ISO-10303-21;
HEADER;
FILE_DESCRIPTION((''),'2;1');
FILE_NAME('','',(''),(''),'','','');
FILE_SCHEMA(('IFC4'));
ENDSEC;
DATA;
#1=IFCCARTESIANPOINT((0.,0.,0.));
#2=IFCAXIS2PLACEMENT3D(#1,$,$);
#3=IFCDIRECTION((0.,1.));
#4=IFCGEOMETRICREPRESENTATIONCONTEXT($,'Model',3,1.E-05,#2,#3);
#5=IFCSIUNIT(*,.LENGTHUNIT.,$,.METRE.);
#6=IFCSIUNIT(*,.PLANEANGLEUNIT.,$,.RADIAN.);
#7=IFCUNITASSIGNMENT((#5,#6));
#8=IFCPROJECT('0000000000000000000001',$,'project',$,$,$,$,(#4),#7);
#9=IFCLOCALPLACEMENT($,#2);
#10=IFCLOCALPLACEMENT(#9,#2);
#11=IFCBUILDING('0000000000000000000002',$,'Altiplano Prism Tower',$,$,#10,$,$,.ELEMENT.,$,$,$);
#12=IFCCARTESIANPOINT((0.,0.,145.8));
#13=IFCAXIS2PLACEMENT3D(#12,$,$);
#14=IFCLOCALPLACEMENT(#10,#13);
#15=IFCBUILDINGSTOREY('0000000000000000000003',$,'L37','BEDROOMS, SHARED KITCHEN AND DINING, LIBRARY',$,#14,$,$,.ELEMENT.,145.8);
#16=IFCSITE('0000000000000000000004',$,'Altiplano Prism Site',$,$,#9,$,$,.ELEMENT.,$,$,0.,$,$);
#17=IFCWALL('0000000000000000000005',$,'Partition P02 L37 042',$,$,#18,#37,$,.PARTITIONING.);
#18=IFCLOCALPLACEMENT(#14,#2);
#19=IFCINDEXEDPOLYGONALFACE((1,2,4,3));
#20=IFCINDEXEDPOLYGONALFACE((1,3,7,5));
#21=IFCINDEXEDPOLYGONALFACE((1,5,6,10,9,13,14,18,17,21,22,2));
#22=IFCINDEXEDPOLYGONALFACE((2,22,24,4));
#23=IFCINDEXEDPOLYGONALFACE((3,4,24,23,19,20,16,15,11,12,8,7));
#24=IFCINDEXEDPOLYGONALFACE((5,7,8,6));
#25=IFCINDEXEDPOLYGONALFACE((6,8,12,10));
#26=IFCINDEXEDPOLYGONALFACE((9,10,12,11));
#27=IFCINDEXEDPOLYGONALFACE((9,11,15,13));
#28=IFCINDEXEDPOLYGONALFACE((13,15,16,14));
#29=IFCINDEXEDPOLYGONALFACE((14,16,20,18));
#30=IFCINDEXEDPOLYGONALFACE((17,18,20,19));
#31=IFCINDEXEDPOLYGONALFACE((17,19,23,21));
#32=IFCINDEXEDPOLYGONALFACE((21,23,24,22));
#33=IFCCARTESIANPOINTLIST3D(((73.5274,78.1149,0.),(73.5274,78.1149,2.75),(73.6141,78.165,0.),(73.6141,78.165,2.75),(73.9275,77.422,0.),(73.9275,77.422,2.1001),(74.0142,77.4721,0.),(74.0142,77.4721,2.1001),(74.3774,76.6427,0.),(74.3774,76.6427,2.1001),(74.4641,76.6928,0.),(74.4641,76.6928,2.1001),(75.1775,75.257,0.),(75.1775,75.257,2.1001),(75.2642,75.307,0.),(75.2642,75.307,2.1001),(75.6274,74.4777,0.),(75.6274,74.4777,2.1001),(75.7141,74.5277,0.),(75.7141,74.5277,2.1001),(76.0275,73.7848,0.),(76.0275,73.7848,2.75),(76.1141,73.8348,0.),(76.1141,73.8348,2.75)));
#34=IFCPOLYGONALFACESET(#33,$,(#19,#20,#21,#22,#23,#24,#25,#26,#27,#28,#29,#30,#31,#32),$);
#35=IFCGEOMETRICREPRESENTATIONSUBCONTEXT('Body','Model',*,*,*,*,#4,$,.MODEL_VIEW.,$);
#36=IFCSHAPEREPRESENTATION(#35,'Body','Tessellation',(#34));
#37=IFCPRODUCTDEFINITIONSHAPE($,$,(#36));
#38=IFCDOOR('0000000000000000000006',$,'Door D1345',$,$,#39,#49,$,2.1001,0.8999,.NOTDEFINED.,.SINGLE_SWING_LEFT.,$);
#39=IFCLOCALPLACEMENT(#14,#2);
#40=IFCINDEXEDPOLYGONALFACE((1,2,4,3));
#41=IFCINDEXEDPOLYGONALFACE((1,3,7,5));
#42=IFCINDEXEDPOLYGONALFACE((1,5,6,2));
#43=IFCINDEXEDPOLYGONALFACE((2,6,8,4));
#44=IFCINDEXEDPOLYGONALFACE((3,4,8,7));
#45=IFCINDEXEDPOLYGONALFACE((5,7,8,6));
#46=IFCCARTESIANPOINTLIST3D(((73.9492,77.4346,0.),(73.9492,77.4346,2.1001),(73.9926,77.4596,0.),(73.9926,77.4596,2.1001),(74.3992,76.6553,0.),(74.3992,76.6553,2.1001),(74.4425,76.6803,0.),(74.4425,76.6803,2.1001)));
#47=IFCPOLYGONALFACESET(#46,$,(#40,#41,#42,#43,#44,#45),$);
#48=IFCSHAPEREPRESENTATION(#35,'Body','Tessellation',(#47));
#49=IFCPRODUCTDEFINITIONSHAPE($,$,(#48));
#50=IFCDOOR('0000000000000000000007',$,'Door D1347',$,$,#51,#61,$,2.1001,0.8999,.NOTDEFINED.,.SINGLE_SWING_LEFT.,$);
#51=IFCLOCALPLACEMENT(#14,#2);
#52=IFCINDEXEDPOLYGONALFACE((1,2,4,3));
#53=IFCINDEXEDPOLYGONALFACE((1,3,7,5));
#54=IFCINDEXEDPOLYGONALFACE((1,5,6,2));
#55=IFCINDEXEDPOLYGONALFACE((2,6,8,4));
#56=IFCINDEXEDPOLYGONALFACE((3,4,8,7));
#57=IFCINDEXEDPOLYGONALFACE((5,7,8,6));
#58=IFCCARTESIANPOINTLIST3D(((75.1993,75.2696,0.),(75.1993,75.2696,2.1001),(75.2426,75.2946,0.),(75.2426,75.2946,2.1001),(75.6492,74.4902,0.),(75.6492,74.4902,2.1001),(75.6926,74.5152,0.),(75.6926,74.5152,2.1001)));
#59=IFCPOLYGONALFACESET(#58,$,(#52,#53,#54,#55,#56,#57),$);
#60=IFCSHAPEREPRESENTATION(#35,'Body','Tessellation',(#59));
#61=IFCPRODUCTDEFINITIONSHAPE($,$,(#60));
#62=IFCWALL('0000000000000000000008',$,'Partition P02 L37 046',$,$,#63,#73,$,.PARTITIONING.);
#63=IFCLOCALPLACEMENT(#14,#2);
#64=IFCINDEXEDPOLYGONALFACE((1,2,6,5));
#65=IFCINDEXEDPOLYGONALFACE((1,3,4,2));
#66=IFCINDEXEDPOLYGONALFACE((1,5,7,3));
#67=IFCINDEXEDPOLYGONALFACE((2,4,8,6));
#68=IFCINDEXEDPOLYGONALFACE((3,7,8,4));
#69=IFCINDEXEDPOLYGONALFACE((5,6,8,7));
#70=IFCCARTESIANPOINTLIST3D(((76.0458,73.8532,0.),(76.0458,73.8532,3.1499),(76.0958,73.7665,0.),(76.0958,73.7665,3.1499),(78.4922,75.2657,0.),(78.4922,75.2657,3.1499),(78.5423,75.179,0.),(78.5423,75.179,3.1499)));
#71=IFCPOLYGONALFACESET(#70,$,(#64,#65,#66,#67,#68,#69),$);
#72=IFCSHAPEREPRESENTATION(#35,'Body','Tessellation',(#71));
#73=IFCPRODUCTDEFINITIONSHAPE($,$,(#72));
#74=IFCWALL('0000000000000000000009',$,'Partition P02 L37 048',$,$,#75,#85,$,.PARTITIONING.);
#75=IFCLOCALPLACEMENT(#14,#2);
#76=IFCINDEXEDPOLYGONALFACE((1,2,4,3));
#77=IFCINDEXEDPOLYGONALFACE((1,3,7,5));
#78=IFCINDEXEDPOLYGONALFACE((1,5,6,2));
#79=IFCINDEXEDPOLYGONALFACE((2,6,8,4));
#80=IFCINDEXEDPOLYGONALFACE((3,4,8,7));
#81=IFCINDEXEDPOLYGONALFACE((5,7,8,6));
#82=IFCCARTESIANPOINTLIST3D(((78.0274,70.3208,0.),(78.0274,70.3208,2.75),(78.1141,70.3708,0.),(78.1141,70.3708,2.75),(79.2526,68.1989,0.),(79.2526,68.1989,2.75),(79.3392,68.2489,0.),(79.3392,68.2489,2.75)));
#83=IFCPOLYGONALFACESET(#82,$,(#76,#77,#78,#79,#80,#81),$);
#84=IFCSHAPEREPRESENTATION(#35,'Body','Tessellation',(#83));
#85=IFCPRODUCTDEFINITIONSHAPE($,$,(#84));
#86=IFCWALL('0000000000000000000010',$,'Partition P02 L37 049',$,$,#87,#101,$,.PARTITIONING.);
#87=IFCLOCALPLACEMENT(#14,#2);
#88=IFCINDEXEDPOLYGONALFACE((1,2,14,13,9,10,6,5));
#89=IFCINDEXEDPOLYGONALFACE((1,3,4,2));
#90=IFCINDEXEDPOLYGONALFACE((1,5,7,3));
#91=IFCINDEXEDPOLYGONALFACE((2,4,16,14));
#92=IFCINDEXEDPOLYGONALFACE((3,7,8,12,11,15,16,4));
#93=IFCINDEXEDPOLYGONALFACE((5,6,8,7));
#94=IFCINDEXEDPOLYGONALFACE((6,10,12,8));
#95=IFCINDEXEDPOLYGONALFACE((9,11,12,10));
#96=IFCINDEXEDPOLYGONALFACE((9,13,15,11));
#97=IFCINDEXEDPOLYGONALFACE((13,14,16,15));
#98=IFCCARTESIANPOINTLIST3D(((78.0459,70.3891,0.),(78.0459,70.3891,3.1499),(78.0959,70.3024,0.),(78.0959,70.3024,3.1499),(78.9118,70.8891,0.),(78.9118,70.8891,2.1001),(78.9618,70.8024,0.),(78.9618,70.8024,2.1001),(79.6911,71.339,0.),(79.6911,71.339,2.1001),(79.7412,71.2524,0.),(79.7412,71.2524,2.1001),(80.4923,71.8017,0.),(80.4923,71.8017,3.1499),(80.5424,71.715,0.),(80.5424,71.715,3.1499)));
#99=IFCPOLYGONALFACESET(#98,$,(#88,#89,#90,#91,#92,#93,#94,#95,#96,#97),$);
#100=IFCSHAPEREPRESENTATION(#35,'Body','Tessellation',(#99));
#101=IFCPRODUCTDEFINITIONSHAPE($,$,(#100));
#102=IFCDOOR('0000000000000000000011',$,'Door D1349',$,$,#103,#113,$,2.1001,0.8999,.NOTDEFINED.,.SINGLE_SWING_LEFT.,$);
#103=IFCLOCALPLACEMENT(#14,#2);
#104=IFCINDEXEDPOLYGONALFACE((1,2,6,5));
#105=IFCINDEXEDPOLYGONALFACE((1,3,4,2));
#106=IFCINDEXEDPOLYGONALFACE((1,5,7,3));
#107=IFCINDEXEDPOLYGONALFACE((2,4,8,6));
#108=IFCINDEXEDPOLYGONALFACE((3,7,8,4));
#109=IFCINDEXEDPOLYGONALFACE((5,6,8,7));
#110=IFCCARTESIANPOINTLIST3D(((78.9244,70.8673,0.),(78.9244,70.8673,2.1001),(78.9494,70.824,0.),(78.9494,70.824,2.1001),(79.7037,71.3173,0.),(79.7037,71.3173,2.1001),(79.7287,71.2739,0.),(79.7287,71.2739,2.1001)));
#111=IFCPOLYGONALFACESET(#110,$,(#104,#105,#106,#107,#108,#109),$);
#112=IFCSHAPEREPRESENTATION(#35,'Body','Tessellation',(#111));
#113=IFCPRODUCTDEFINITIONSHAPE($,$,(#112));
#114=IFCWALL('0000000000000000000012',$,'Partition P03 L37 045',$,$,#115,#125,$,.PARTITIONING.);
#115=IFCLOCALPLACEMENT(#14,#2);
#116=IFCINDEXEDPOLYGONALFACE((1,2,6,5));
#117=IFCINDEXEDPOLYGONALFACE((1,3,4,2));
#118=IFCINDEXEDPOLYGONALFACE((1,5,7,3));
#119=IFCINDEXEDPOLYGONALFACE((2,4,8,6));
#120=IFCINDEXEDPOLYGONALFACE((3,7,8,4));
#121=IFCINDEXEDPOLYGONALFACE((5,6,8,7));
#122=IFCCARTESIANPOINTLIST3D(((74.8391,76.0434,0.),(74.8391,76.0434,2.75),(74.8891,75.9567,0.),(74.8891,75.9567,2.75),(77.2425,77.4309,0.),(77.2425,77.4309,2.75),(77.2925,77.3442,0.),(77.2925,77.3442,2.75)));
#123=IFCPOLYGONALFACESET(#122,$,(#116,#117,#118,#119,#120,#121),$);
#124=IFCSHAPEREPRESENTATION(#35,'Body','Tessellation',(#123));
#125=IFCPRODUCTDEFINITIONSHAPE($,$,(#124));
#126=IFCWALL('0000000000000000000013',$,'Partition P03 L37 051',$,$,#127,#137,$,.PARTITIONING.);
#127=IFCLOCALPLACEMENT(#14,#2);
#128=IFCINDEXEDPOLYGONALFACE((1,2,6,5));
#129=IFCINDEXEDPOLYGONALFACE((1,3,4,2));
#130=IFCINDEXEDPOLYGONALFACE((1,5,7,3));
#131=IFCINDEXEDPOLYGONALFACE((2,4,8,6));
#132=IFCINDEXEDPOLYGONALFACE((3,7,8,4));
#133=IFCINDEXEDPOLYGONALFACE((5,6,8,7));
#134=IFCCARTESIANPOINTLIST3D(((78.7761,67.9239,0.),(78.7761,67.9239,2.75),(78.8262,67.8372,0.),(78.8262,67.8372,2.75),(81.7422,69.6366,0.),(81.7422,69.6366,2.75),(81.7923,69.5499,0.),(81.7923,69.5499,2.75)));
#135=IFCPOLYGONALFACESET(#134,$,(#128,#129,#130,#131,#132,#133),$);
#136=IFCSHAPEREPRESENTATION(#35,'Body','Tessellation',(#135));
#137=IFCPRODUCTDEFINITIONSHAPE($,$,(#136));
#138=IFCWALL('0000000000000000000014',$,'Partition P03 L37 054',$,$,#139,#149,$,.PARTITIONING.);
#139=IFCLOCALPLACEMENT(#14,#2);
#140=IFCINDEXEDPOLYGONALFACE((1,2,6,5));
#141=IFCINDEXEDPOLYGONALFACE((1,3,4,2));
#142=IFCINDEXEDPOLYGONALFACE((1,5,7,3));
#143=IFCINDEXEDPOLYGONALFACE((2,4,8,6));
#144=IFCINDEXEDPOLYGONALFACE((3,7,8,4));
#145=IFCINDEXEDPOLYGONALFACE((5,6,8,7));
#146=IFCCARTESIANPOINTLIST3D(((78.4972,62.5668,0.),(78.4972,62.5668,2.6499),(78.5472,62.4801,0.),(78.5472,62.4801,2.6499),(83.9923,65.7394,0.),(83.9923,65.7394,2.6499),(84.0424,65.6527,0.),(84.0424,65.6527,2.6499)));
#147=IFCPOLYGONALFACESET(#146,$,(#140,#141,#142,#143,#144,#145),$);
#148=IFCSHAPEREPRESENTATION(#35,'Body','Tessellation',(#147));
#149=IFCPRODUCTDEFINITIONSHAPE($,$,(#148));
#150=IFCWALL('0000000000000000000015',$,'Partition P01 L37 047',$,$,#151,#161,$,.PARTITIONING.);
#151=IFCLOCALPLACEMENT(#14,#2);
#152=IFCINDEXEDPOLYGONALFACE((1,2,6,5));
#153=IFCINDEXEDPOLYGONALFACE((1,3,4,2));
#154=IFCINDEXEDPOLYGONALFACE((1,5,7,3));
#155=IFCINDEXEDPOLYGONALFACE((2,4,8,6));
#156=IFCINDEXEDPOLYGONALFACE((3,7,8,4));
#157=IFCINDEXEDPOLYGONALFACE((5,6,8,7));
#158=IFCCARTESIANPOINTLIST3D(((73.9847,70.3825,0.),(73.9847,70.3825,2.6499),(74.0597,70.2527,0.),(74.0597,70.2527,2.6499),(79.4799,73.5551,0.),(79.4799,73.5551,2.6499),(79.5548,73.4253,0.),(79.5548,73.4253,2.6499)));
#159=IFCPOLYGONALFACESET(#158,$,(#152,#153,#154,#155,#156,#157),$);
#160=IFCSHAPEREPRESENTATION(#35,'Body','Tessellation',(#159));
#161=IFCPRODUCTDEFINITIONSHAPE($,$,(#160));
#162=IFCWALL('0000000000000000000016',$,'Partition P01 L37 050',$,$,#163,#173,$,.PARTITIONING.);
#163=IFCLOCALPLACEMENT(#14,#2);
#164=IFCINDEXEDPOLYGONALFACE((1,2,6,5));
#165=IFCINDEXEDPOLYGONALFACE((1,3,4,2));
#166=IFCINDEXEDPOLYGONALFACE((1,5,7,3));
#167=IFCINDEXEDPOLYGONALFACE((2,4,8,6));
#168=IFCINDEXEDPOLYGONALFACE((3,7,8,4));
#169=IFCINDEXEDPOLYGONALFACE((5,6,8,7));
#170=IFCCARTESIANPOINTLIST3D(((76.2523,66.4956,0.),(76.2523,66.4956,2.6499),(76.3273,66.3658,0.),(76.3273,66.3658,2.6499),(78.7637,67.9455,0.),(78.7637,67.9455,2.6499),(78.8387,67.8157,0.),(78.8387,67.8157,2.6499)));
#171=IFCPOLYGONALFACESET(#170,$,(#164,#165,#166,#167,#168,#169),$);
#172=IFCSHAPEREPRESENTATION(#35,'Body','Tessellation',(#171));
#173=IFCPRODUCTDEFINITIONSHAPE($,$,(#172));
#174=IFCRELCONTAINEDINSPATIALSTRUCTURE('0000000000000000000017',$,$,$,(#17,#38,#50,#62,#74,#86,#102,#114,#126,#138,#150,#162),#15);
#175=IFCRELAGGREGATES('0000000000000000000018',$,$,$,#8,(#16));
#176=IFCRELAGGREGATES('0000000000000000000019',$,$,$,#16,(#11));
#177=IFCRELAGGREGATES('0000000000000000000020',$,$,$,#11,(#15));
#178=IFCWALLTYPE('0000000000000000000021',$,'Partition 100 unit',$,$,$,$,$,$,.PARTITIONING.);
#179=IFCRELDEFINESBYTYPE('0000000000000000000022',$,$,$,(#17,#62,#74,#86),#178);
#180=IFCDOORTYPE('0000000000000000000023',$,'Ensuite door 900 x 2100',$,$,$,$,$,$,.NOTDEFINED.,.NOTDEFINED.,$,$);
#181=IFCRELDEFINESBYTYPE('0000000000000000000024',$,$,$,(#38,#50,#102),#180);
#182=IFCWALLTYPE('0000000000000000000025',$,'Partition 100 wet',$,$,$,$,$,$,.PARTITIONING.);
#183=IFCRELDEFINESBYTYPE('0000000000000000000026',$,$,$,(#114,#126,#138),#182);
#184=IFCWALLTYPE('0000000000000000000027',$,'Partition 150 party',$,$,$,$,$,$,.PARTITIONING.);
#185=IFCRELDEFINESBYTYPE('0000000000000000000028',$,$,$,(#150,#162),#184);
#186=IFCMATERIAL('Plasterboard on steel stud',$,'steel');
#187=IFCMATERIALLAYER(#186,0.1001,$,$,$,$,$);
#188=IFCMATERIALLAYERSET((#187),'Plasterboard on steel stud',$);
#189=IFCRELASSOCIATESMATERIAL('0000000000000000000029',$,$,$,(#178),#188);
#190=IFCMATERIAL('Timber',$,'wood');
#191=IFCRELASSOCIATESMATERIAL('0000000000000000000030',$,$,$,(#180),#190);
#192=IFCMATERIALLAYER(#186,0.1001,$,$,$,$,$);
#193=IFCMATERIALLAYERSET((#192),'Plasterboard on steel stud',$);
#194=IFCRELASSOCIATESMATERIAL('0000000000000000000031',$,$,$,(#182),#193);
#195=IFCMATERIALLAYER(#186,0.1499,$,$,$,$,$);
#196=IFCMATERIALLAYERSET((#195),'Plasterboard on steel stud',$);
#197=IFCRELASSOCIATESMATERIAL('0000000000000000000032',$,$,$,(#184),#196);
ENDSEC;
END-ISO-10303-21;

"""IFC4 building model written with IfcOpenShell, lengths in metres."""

from ifc_helpers import new_model, si_unit, direction, frame, frame_2d, origin, place, context, subcontext, project, spatial, rectangle, extrude, material, layer, layer_set, type_object, element, fill, save


model = new_model("IFC4")

# Units and contexts
model_context = context("Model", 3, precision=1e-05, world=origin(), true_north=direction((0.0, 1.0)))
body_context = subcontext(model_context, "Body", "Model", "MODEL_VIEW")
ifc_project = project(units=[si_unit("LENGTHUNIT", "METRE"), si_unit("PLANEANGLEUNIT", "RADIAN")], contexts=[model_context])

# Site, building, storey
site_placement = place(None, origin())
site = spatial("IfcSite", under=ifc_project, at=site_placement, Name="Altiplano Prism Site", CompositionType="ELEMENT", RefElevation=0.0)
building_placement = place(site_placement, origin())
building = spatial("IfcBuilding", under=site, at=building_placement, Name="Altiplano Prism Tower", CompositionType="ELEMENT")
storey_placement = place(building_placement, frame((0.0, 0.0, 145.8)))
storey = spatial("IfcBuildingStorey", under=building, at=storey_placement, Name="L37", Description="BEDROOMS, SHARED KITCHEN AND DINING, LIBRARY", CompositionType="ELEMENT", Elevation=145.8)

# Wall, openings, doors
ifc_material_1 = material(Name="Plasterboard on steel stud", Category="steel")
ifc_layer_1 = layer(ifc_material_1, 0.1001)
ifc_layer_set_1 = layer_set([ifc_layer_1], Name="Plasterboard on steel stud")
wall_type_1 = type_object("IfcWallType", Name="Partition 100 unit", PredefinedType="PARTITIONING", material=ifc_layer_set_1)
wall_1_placement = place(storey_placement, frame((76.0708, 73.8098, 0.0), z_axis=(0.0, 0.0, 1.0), x_axis=(-0.500004, 0.866023, 0.0)))
wall_1 = element("IfcWall", 1, at=wall_1_placement, inside=storey, type_object=wall_type_1, Name="Partition P02 L37 042", PredefinedType="PARTITIONING", context=body_context, shape_type="SweptSolid", body=[
    extrude(rectangle(XDim=5.0, YDim=0.1001, at=frame_2d((2.5, 0.0))), origin(), (0.0, 0.0, 1.0), 2.75),
])
opening_1_placement = place(wall_1_placement, frame((3.3, 0.0, 0.0)))
opening_1 = element("IfcOpeningElement", 2, at=opening_1_placement, cuts=wall_1, PredefinedType="OPENING", context=body_context, shape_type="SweptSolid", body=[
    extrude(rectangle(XDim=0.8999, YDim=2.1001, at=frame_2d((0.45, 1.05))), frame((0.0, 0.0605, 0.0), z_axis=(0.0, -1.0, 0.0), x_axis=(1.0, 0.0, 0.0)), (0.0, 0.0, 1.0), 0.1211),
])
opening_2_placement = place(wall_1_placement, frame((0.8, 0.0, 0.0)))
opening_2 = element("IfcOpeningElement", 3, at=opening_2_placement, cuts=wall_1, PredefinedType="OPENING", context=body_context, shape_type="SweptSolid", body=[
    extrude(rectangle(XDim=0.8999, YDim=2.1001, at=frame_2d((0.45, 1.05))), frame((0.0, 0.0605, 0.0), z_axis=(0.0, -1.0, 0.0), x_axis=(1.0, 0.0, 0.0)), (0.0, 0.0, 1.0), 0.1211),
])
ifc_material_2 = material(Name="Timber", Category="wood")
door_type = type_object("IfcDoorType", Name="Ensuite door 900 x 2100", OperationType="NOTDEFINED", PredefinedType="NOTDEFINED", material=ifc_material_2)
door_1_placement = place(opening_1_placement, origin())
door_1 = element("IfcDoor", 4, at=door_1_placement, inside=storey, type_object=door_type, Name="Door D1345", OperationType="SINGLE_SWING_LEFT", OverallHeight=2.1001, OverallWidth=0.8999, PredefinedType="NOTDEFINED", context=body_context, shape_type="SweptSolid", body=[
    extrude(rectangle(XDim=0.8999, YDim=2.1001, at=frame_2d((0.45, 1.05))), frame((0.0, 0.0249, 0.0), z_axis=(0.0, -1.0, 0.0), x_axis=(1.0, 0.0, 0.0)), (0.0, 0.0, 1.0), 0.05),
])
fill(opening_1, door_1)
door_2_placement = place(opening_2_placement, origin())
door_2 = element("IfcDoor", 5, at=door_2_placement, inside=storey, type_object=door_type, Name="Door D1347", OperationType="SINGLE_SWING_LEFT", OverallHeight=2.1001, OverallWidth=0.8999, PredefinedType="NOTDEFINED", context=body_context, shape_type="SweptSolid", body=[
    extrude(rectangle(XDim=0.8999, YDim=2.1001, at=frame_2d((0.45, 1.05))), frame((0.0, 0.0249, 0.0), z_axis=(0.0, -1.0, 0.0), x_axis=(1.0, 0.0, 0.0)), (0.0, 0.0, 1.0), 0.05),
])
fill(opening_2, door_2)

# Walls
wall_2_placement = place(storey_placement, frame((78.5173, 75.2224, 0.0), z_axis=(0.0, 0.0, 1.0), x_axis=(-0.866011, -0.500024, 0.0)))
element("IfcWall", 6, at=wall_2_placement, inside=storey, type_object=wall_type_1, Name="Partition P02 L37 046", PredefinedType="PARTITIONING", context=body_context, shape_type="SweptSolid", body=[
    extrude(rectangle(XDim=2.825, YDim=0.1001, at=frame_2d((1.4126, 0.0))), origin(), (0.0, 0.0, 1.0), 3.1499),
])
wall_3_placement = place(storey_placement, frame((79.2959, 68.2239, 0.0), z_axis=(0.0, 0.0, 1.0), x_axis=(-0.500019, 0.866015, 0.0)))
element("IfcWall", 7, at=wall_3_placement, inside=storey, type_object=wall_type_1, Name="Partition P02 L37 048", PredefinedType="PARTITIONING", context=body_context, shape_type="SweptSolid", body=[
    extrude(rectangle(XDim=2.4502, YDim=0.1001, at=frame_2d((1.2251, 0.0))), origin(), (0.0, 0.0, 1.0), 2.75),
])

# Wall, opening, door
wall_4_placement = place(storey_placement, frame((78.0708, 70.3457, 0.0), z_axis=(0.0, 0.0, 1.0), x_axis=(0.866011, 0.500024, 0.0)))
wall_4 = element("IfcWall", 8, at=wall_4_placement, inside=storey, type_object=wall_type_1, Name="Partition P02 L37 049", PredefinedType="PARTITIONING", context=body_context, shape_type="SweptSolid", body=[
    extrude(rectangle(XDim=2.825, YDim=0.1001, at=frame_2d((1.4126, 0.0))), origin(), (0.0, 0.0, 1.0), 3.1499),
])
opening_3_placement = place(wall_4_placement, frame((1.0, 0.0, 0.0)))
opening_3 = element("IfcOpeningElement", 9, at=opening_3_placement, cuts=wall_4, PredefinedType="OPENING", context=body_context, shape_type="SweptSolid", body=[
    extrude(rectangle(XDim=0.8999, YDim=2.1001, at=frame_2d((0.45, 1.05))), frame((0.0, 0.0605, 0.0), z_axis=(0.0, -1.0, 0.0), x_axis=(1.0, 0.0, 0.0)), (0.0, 0.0, 1.0), 0.1211),
])
door_3_placement = place(opening_3_placement, origin())
door_3 = element("IfcDoor", 10, at=door_3_placement, inside=storey, type_object=door_type, Name="Door D1349", OperationType="SINGLE_SWING_LEFT", OverallHeight=2.1001, OverallWidth=0.8999, PredefinedType="NOTDEFINED", context=body_context, shape_type="SweptSolid", body=[
    extrude(rectangle(XDim=0.8999, YDim=2.1001, at=frame_2d((0.45, 1.05))), frame((0.0, 0.0249, 0.0), z_axis=(0.0, -1.0, 0.0), x_axis=(1.0, 0.0, 0.0)), (0.0, 0.0, 1.0), 0.05),
])
fill(opening_3, door_3)

# Walls
ifc_layer_2 = layer(ifc_material_1, 0.1001)
ifc_layer_set_2 = layer_set([ifc_layer_2], Name="Plasterboard on steel stud")
wall_type_2 = type_object("IfcWallType", Name="Partition 100 wet", PredefinedType="PARTITIONING", material=ifc_layer_set_2)
wall_5_placement = place(storey_placement, frame((74.864, 76.0, 0.0), z_axis=(0.0, 0.0, 1.0), x_axis=(0.866042, 0.499971, 0.0)))
element("IfcWall", 11, at=wall_5_placement, inside=storey, type_object=wall_type_2, Name="Partition P03 L37 045", PredefinedType="PARTITIONING", context=body_context, shape_type="SweptSolid", body=[
    extrude(rectangle(XDim=2.7751, YDim=0.1001, at=frame_2d((1.3877, 0.0))), origin(), (0.0, 0.0, 1.0), 2.75),
])
wall_6_placement = place(storey_placement, frame((78.8013, 67.8806, 0.0), z_axis=(0.0, 0.0, 1.0), x_axis=(0.866002, 0.500041, 0.0)))
element("IfcWall", 12, at=wall_6_placement, inside=storey, type_object=wall_type_2, Name="Partition P03 L37 051", PredefinedType="PARTITIONING", context=body_context, shape_type="SweptSolid", body=[
    extrude(rectangle(XDim=3.425, YDim=0.1001, at=frame_2d((1.7124, 0.0))), origin(), (0.0, 0.0, 1.0), 2.75),
])
wall_7_placement = place(storey_placement, frame((78.5222, 62.5234, 0.0), z_axis=(0.0, 0.0, 1.0), x_axis=(0.866025, 0.5, 0.0)))
element("IfcWall", 13, at=wall_7_placement, inside=storey, type_object=wall_type_2, Name="Partition P03 L37 054", PredefinedType="PARTITIONING", context=body_context, shape_type="SweptSolid", body=[
    extrude(rectangle(XDim=6.3452, YDim=0.1001, at=frame_2d((3.1726, 0.0))), origin(), (0.0, 0.0, 1.0), 2.6499),
])
ifc_layer_3 = layer(ifc_material_1, 0.1499)
ifc_layer_set_3 = layer_set([ifc_layer_3], Name="Plasterboard on steel stud")
wall_type_3 = type_object("IfcWallType", Name="Partition 150 party", PredefinedType="PARTITIONING", material=ifc_layer_set_3)
wall_8_placement = place(storey_placement, frame((74.0222, 70.3176, 0.0), z_axis=(0.0, 0.0, 1.0), x_axis=(0.866025, 0.5, 0.0)))
element("IfcWall", 14, at=wall_8_placement, inside=storey, type_object=wall_type_3, Name="Partition P01 L37 047", PredefinedType="PARTITIONING", context=body_context, shape_type="SweptSolid", body=[
    extrude(rectangle(XDim=6.3452, YDim=0.1499, at=frame_2d((3.1726, 0.0))), origin(), (0.0, 0.0, 1.0), 2.6499),
])
wall_9_placement = place(storey_placement, frame((76.2898, 66.4307, 0.0), z_axis=(0.0, 0.0, 1.0), x_axis=(0.866033, 0.499987, 0.0)))
element("IfcWall", 15, at=wall_9_placement, inside=storey, type_object=wall_type_3, Name="Partition P01 L37 050", PredefinedType="PARTITIONING", context=body_context, shape_type="SweptSolid", body=[
    extrude(rectangle(XDim=2.8999, YDim=0.1499, at=frame_2d((1.45, 0.0))), origin(), (0.0, 0.0, 1.0), 2.6499),
])

save(model, "model.ifc")
